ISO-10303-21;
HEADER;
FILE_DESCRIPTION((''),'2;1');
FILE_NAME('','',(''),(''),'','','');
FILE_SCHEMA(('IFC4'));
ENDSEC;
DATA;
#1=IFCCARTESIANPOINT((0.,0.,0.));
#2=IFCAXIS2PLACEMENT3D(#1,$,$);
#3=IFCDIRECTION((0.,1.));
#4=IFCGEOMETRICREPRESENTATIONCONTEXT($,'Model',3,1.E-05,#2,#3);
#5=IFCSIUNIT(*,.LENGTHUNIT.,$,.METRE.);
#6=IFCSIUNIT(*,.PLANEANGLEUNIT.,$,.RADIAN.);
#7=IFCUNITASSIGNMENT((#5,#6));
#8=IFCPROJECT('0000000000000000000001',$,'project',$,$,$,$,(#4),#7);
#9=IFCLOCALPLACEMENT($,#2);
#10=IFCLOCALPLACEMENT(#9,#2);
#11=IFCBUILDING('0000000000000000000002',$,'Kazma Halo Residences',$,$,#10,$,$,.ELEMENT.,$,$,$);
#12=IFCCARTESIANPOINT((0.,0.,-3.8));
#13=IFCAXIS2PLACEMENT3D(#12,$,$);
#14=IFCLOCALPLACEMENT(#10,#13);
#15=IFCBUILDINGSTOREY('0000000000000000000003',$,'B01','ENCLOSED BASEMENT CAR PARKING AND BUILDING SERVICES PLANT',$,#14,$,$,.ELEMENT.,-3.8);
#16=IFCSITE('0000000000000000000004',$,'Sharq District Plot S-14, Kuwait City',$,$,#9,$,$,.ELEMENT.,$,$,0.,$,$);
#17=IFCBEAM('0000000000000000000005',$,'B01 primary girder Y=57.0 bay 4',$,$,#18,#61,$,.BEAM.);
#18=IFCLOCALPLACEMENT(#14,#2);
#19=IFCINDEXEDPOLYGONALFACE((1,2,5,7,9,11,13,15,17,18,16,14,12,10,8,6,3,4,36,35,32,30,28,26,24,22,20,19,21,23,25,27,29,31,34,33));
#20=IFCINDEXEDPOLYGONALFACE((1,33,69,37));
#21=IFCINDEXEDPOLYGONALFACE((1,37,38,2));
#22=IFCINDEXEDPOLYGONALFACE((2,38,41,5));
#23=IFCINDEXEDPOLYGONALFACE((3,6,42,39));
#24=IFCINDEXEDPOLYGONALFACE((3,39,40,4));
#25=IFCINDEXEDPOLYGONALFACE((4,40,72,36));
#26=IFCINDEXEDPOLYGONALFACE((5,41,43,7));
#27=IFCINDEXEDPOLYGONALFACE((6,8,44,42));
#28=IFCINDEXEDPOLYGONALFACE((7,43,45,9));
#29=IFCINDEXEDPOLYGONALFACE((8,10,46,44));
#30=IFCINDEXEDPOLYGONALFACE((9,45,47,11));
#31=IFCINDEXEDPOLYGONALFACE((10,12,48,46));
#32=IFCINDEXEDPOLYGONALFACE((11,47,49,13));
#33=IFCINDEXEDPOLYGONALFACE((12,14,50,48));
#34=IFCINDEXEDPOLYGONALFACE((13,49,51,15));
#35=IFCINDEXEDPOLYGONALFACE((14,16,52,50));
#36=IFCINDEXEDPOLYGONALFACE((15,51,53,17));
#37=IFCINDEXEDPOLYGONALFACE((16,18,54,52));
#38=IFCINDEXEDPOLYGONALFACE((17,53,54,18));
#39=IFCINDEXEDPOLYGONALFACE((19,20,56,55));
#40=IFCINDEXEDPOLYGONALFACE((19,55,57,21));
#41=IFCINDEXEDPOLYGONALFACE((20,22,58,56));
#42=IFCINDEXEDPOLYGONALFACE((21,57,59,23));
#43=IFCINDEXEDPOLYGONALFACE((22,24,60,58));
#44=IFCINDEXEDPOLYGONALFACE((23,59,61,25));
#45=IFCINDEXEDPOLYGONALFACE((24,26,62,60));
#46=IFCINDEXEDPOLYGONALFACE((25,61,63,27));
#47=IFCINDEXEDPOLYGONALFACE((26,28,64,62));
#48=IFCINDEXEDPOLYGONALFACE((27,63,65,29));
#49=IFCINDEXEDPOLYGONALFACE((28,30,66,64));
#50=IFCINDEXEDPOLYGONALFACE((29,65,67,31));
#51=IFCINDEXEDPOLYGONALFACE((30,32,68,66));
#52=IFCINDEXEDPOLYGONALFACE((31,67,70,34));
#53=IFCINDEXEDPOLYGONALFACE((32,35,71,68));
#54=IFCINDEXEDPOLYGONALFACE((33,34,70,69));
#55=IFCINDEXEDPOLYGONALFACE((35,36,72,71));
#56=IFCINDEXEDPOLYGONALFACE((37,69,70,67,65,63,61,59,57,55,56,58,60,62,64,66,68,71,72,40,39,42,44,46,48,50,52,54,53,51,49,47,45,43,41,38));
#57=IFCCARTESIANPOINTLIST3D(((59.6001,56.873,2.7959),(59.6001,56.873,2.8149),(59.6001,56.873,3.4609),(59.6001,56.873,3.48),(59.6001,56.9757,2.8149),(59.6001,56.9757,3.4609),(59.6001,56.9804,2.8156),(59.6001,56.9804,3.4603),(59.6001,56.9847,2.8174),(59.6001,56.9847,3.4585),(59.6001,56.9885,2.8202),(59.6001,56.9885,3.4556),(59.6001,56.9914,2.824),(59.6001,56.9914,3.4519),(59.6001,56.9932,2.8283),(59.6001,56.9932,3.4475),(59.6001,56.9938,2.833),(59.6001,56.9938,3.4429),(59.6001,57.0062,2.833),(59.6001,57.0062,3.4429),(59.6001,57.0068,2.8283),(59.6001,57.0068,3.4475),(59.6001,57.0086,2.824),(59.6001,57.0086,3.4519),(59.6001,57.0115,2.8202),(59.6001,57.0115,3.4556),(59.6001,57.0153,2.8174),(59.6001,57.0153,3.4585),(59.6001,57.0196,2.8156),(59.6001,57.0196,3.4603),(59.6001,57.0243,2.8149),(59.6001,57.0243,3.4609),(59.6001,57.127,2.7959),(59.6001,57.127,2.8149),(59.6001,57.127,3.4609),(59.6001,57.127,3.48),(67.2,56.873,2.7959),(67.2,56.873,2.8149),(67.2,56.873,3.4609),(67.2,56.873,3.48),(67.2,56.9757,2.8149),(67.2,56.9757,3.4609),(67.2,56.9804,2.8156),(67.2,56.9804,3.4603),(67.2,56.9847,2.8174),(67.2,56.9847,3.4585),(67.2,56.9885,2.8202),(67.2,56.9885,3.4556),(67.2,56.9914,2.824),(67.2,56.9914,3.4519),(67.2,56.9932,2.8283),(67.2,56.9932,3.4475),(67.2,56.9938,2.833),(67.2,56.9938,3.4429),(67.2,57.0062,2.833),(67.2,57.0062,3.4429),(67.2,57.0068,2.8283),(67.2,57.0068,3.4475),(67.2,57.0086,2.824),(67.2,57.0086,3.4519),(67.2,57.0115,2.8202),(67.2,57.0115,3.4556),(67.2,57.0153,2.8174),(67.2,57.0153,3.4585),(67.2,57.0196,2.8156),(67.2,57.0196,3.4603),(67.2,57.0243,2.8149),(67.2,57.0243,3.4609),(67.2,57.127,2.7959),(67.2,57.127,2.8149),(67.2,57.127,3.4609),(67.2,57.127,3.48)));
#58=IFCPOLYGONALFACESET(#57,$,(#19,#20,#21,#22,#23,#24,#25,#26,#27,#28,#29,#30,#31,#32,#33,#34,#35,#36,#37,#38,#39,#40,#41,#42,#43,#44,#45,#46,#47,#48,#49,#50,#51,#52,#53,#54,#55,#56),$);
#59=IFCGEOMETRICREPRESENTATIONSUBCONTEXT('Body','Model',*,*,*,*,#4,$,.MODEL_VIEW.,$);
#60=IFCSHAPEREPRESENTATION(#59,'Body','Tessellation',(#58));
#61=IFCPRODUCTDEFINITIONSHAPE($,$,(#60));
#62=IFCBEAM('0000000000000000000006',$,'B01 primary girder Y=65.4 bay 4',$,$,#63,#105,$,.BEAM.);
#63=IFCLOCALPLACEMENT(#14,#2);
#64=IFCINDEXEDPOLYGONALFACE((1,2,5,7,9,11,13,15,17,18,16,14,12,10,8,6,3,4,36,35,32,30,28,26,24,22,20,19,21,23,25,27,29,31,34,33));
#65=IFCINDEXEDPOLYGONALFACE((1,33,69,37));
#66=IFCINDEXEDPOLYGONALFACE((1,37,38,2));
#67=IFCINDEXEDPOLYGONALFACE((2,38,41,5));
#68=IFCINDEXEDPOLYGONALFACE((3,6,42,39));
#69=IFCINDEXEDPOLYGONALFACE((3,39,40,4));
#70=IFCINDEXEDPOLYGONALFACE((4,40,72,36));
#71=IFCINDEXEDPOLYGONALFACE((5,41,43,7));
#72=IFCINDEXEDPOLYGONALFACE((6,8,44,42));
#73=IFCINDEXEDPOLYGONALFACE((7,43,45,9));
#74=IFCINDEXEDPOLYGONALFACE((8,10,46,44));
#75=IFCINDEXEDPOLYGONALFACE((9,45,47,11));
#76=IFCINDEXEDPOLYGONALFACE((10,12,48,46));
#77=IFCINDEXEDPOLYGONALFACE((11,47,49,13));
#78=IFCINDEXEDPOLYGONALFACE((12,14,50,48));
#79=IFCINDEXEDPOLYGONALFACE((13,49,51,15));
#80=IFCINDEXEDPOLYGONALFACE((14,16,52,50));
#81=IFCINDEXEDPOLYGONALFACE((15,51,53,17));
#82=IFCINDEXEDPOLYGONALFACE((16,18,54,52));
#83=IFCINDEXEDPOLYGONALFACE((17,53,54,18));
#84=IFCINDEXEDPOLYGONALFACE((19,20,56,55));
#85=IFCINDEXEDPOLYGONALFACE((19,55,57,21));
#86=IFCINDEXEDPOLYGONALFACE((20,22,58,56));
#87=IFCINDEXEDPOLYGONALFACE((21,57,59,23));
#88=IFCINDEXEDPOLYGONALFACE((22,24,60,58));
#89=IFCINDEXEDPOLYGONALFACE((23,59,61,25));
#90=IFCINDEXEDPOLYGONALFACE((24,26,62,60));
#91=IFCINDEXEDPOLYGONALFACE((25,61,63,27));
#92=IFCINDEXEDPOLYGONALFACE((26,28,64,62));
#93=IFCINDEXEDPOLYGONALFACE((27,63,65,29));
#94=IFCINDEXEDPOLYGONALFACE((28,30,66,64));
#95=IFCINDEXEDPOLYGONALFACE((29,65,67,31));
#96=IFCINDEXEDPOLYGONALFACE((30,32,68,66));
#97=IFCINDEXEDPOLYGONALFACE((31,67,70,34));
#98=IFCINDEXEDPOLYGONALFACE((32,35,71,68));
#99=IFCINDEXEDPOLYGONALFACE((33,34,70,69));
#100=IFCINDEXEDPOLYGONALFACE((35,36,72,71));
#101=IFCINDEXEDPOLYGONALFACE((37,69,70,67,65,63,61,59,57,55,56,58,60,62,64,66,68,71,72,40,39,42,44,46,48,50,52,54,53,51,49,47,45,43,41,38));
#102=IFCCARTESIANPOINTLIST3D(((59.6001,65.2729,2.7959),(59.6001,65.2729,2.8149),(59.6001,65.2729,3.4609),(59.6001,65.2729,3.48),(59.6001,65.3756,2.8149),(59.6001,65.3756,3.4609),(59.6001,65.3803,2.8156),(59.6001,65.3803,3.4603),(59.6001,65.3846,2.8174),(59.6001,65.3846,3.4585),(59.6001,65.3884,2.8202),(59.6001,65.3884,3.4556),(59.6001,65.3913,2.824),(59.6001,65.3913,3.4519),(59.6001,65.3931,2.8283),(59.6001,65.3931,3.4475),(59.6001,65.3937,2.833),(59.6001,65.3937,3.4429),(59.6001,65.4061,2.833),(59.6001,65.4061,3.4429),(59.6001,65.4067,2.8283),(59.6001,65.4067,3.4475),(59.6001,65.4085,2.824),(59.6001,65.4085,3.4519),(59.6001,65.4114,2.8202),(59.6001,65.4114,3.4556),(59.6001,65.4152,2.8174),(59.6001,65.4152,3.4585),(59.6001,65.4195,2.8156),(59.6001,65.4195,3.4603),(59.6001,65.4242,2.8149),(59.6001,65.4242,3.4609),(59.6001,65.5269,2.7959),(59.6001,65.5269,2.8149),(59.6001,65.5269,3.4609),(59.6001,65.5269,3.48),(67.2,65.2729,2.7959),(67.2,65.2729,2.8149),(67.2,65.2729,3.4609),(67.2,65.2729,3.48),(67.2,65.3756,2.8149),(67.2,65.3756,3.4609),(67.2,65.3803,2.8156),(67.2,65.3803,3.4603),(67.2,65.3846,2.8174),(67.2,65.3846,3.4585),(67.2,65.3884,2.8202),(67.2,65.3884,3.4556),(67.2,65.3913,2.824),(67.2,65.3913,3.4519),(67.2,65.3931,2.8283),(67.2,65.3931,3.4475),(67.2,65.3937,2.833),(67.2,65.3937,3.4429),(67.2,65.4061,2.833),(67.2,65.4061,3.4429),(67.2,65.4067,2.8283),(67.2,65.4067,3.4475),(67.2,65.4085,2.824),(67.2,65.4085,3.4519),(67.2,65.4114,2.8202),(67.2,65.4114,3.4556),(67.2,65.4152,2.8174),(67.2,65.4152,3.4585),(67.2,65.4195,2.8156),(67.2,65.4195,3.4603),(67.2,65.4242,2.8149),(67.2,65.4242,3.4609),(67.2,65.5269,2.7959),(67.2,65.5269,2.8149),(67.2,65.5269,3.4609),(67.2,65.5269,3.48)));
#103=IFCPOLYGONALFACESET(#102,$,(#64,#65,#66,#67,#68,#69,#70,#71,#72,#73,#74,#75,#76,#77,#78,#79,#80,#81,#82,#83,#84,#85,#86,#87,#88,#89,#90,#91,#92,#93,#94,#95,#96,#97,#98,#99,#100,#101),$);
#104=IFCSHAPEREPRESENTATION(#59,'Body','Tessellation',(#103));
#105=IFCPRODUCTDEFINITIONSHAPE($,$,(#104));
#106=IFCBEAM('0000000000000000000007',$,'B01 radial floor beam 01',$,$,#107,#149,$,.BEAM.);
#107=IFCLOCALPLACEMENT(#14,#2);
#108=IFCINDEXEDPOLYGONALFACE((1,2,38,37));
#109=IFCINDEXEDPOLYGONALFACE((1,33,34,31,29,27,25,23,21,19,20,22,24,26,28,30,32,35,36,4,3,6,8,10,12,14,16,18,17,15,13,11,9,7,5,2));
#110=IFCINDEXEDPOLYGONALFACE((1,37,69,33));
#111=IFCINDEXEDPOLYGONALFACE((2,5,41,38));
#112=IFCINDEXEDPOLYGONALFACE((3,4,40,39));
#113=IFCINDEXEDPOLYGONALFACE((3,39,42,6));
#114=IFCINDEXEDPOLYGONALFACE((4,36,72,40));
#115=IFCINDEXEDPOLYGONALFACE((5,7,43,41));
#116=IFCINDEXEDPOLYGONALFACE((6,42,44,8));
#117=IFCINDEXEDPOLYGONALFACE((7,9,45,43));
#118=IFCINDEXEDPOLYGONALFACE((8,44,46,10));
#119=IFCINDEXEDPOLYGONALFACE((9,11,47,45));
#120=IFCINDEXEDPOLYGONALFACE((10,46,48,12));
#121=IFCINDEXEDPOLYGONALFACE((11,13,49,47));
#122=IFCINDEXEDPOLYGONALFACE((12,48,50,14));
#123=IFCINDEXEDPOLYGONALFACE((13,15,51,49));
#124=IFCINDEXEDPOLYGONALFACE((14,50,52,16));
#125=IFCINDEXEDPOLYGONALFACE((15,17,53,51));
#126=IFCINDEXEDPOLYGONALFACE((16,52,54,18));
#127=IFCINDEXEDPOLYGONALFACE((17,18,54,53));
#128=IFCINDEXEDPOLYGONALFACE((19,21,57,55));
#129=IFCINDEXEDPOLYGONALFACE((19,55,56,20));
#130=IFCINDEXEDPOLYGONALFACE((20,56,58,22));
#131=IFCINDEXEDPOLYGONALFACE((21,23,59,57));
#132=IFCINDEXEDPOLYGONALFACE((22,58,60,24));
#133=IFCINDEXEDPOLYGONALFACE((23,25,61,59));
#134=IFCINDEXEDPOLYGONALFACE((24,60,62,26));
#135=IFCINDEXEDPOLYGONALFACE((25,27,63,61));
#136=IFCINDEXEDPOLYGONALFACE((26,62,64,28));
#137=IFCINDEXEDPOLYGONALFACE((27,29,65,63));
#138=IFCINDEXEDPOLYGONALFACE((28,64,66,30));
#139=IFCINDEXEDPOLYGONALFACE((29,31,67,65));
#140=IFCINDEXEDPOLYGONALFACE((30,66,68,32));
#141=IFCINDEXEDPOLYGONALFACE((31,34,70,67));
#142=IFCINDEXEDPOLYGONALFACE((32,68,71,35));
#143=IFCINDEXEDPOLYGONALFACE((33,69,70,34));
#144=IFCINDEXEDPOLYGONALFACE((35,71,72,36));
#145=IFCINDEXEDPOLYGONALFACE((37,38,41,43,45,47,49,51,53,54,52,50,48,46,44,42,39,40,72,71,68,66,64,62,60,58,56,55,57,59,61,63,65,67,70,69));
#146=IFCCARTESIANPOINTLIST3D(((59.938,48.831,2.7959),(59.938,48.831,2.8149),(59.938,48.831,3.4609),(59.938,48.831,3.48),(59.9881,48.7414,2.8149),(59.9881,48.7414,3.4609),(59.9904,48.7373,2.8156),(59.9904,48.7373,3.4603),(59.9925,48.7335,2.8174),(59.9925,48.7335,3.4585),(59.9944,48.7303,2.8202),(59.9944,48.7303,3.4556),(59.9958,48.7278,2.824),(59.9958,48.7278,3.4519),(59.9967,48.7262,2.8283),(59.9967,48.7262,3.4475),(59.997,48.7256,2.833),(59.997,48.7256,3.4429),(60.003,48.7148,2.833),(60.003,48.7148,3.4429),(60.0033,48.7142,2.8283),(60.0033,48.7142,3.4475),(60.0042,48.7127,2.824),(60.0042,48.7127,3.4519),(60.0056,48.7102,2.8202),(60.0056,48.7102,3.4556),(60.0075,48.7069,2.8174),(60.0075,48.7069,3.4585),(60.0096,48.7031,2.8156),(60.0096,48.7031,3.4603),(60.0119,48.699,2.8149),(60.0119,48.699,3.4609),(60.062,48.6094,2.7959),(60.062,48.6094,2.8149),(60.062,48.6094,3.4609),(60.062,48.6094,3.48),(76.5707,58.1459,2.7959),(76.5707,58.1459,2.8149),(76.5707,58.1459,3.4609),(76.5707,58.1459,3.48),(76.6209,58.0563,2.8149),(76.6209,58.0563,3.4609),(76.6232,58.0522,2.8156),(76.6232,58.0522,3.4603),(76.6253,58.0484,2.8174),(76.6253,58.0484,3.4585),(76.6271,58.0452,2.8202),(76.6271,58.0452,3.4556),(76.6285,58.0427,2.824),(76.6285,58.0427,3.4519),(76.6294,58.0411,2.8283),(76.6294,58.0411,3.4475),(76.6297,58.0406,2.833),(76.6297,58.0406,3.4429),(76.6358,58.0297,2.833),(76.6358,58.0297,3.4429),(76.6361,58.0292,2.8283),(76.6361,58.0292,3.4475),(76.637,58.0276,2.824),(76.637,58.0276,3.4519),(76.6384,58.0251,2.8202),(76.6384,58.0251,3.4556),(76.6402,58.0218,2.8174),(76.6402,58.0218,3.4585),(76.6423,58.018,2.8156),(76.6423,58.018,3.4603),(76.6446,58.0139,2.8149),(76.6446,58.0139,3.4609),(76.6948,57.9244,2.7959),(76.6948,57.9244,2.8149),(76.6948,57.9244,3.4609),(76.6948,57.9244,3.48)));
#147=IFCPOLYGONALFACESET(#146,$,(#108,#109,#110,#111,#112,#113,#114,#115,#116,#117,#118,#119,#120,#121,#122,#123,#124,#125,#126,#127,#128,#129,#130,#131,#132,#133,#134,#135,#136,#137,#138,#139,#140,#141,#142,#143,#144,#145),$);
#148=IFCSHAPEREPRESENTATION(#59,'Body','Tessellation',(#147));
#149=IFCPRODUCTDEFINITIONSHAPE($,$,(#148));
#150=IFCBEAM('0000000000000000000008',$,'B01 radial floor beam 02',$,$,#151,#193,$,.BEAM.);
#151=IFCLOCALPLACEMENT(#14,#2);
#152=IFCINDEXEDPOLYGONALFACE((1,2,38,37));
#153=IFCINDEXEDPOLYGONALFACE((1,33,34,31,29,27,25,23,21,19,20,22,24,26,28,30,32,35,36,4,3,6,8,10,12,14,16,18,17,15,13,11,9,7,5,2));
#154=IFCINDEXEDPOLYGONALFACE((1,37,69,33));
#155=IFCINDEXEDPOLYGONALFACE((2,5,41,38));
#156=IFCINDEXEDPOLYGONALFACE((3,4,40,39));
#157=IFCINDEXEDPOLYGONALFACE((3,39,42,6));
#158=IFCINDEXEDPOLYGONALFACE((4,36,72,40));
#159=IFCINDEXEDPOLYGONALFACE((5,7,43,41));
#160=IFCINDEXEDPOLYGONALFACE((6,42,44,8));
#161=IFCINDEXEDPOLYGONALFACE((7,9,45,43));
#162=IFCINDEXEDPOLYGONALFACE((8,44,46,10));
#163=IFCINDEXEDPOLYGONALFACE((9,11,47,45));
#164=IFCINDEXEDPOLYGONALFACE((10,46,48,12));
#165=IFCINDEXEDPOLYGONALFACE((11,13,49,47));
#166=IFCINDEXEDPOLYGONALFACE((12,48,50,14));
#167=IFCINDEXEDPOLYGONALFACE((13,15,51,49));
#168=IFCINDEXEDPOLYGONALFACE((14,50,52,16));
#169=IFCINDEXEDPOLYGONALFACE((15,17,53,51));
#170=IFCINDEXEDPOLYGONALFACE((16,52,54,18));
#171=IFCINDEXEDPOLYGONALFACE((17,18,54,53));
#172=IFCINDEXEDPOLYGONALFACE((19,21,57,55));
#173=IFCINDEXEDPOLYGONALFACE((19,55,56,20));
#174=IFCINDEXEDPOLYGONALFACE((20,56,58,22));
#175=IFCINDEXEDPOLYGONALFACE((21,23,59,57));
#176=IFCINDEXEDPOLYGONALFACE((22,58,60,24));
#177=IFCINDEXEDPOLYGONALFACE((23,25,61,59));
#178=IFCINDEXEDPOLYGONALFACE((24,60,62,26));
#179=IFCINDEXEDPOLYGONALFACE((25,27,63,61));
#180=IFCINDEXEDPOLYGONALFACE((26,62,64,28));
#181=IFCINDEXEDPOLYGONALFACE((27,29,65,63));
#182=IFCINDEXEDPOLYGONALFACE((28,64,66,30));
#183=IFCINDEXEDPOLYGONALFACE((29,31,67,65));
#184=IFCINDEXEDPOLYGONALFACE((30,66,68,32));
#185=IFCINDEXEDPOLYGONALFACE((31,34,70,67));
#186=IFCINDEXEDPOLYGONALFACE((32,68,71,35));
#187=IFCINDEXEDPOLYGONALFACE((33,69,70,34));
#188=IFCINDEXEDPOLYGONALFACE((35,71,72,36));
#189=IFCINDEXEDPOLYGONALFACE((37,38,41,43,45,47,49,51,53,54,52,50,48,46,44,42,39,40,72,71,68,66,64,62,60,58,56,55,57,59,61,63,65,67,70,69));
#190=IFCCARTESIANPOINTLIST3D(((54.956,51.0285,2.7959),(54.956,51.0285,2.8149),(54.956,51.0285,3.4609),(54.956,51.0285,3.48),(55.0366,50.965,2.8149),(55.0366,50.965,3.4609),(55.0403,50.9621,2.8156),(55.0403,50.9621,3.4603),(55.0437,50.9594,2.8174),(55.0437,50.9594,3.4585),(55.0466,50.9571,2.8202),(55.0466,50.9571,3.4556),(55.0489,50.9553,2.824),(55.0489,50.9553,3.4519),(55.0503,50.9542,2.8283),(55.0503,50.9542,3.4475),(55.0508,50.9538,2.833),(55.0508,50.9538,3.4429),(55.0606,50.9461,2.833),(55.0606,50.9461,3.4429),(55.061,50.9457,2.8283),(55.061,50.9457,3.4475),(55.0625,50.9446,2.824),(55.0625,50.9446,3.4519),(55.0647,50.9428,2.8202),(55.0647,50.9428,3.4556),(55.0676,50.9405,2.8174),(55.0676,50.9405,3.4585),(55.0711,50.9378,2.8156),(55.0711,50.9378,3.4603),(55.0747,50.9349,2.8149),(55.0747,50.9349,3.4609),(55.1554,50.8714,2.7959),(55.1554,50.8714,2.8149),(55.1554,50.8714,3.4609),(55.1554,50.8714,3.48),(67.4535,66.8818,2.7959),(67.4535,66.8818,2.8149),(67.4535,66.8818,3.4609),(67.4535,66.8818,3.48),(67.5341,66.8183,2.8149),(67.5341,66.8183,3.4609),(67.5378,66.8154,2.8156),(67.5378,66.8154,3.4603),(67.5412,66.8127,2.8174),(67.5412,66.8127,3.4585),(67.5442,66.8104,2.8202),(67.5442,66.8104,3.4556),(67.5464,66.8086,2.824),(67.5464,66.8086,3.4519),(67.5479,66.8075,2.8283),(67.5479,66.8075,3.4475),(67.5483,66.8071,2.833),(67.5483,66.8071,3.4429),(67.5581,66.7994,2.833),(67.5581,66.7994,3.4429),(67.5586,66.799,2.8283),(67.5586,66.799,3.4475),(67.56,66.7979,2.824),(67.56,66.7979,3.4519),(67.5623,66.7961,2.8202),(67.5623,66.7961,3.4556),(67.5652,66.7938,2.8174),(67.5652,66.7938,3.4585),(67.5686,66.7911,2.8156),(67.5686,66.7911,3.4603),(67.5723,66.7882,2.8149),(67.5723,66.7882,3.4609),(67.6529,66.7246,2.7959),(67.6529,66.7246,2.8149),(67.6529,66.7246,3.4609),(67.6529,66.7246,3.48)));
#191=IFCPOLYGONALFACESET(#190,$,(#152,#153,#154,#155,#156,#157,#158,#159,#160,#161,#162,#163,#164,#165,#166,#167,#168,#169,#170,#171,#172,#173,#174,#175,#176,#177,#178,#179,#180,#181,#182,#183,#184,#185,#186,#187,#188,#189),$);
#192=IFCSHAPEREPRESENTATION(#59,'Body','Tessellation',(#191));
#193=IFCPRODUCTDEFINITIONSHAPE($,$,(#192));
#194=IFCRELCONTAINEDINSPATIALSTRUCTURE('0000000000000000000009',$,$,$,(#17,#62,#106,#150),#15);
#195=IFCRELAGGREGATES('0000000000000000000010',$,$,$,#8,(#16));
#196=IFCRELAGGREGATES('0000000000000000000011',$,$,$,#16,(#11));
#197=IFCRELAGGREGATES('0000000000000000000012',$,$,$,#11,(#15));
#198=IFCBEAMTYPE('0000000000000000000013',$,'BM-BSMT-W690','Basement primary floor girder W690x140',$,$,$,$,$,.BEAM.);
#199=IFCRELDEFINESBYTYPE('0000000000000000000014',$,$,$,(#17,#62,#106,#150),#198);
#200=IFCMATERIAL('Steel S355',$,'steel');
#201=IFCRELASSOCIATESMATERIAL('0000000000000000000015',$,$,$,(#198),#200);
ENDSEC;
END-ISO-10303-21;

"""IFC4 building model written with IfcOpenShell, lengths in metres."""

from ifc_helpers import new_model, si_unit, direction, frame, origin, origin_2d, place, context, subcontext, project, spatial, i_section, extrude, material, material_profile, profile_set, type_object, element, save


model = new_model("IFC4")

# Units and contexts
model_context = context("Model", 3, precision=1e-05, world=origin(), true_north=direction((0.0, 1.0)))
body_context = subcontext(model_context, "Body", "Model", "MODEL_VIEW")
ifc_project = project(units=[si_unit("LENGTHUNIT", "METRE"), si_unit("PLANEANGLEUNIT", "RADIAN")], contexts=[model_context])

# Site, building, storey
site_placement = place(None, origin())
site = spatial("IfcSite", under=ifc_project, at=site_placement, Name="Sharq District Plot S-14, Kuwait City", CompositionType="ELEMENT", RefElevation=0.0)
building_placement = place(site_placement, origin())
building = spatial("IfcBuilding", under=site, at=building_placement, Name="Kazma Halo Residences", CompositionType="ELEMENT")
storey_placement = place(building_placement, frame((0.0, 0.0, -3.8)))
storey = spatial("IfcBuildingStorey", under=building, at=storey_placement, Name="B01", Description="ENCLOSED BASEMENT CAR PARKING AND BUILDING SERVICES PLANT", CompositionType="ELEMENT", Elevation=-3.8)

# Shared definitions
ifc_material_1 = material(Name="Steel S355", Category="steel")

# Beams
ifc_material_profile_1 = material_profile(ifc_material_1, i_section(OverallWidth=0.2539, OverallDepth=0.6841, WebThickness=0.0125, FlangeThickness=0.019, FilletRadius=0.0181, at=origin_2d()), Name="W690x140")
ifc_profile_set_1 = profile_set([ifc_material_profile_1], Name="Steel S355")
beam_type_1 = type_object("IfcBeamType", Name="BM-BSMT-W690", Description="Basement primary floor girder W690x140", PredefinedType="BEAM", material=ifc_profile_set_1)
for number, where, z_axis, x_axis, name in (
    (1, (59.6001, 57.0, 3.1379), (1.0, 0.0, 0.0), (0.0, 1.0, 0.0), "B01 primary girder Y=57.0 bay 4"),
    (2, (59.6001, 65.3999, 3.1379), (1.0, 0.0, 0.0), (0.0, 1.0, 0.0), "B01 primary girder Y=65.4 bay 4"),
):
    element("IfcBeam", number, at=place(storey_placement, frame(where, z_axis=z_axis, x_axis=x_axis)), inside=storey, type_object=beam_type_1, Name=name, PredefinedType="BEAM", context=body_context, shape_type="SweptSolid", body=[
        extrude(i_section(OverallWidth=0.2539, OverallDepth=0.6841, WebThickness=0.0125, FlangeThickness=0.019, FilletRadius=0.0181, at=origin_2d()), origin(), (0.0, 0.0, 1.0), 7.5999),
    ])
beam_1_placement = place(storey_placement, frame((60.0, 48.7202, 3.1379), z_axis=(0.872493, 0.488626, 0.0), x_axis=(-0.488626, 0.872493, 0.0)))
element("IfcBeam", 3, at=beam_1_placement, inside=storey, type_object=beam_type_1, Name="B01 radial floor beam 01", PredefinedType="BEAM", context=body_context, shape_type="SweptSolid", body=[
    extrude(i_section(OverallWidth=0.2539, OverallDepth=0.6841, WebThickness=0.0125, FlangeThickness=0.019, FilletRadius=0.0181, at=origin_2d()), origin(), (0.0, 0.0, 1.0), 19.0635),
])
beam_2_placement = place(storey_placement, frame((55.0557, 50.95, 3.1379), z_axis=(0.619089, 0.785321, 0.0), x_axis=(-0.785321, 0.619089, 0.0)))
element("IfcBeam", 4, at=beam_2_placement, inside=storey, type_object=beam_type_1, Name="B01 radial floor beam 02", PredefinedType="BEAM", context=body_context, shape_type="SweptSolid", body=[
    extrude(i_section(OverallWidth=0.2539, OverallDepth=0.6841, WebThickness=0.0125, FlangeThickness=0.019, FilletRadius=0.0181, at=origin_2d()), origin(), (0.0, 0.0, 1.0), 20.187),
])

save(model, "model.ifc")
